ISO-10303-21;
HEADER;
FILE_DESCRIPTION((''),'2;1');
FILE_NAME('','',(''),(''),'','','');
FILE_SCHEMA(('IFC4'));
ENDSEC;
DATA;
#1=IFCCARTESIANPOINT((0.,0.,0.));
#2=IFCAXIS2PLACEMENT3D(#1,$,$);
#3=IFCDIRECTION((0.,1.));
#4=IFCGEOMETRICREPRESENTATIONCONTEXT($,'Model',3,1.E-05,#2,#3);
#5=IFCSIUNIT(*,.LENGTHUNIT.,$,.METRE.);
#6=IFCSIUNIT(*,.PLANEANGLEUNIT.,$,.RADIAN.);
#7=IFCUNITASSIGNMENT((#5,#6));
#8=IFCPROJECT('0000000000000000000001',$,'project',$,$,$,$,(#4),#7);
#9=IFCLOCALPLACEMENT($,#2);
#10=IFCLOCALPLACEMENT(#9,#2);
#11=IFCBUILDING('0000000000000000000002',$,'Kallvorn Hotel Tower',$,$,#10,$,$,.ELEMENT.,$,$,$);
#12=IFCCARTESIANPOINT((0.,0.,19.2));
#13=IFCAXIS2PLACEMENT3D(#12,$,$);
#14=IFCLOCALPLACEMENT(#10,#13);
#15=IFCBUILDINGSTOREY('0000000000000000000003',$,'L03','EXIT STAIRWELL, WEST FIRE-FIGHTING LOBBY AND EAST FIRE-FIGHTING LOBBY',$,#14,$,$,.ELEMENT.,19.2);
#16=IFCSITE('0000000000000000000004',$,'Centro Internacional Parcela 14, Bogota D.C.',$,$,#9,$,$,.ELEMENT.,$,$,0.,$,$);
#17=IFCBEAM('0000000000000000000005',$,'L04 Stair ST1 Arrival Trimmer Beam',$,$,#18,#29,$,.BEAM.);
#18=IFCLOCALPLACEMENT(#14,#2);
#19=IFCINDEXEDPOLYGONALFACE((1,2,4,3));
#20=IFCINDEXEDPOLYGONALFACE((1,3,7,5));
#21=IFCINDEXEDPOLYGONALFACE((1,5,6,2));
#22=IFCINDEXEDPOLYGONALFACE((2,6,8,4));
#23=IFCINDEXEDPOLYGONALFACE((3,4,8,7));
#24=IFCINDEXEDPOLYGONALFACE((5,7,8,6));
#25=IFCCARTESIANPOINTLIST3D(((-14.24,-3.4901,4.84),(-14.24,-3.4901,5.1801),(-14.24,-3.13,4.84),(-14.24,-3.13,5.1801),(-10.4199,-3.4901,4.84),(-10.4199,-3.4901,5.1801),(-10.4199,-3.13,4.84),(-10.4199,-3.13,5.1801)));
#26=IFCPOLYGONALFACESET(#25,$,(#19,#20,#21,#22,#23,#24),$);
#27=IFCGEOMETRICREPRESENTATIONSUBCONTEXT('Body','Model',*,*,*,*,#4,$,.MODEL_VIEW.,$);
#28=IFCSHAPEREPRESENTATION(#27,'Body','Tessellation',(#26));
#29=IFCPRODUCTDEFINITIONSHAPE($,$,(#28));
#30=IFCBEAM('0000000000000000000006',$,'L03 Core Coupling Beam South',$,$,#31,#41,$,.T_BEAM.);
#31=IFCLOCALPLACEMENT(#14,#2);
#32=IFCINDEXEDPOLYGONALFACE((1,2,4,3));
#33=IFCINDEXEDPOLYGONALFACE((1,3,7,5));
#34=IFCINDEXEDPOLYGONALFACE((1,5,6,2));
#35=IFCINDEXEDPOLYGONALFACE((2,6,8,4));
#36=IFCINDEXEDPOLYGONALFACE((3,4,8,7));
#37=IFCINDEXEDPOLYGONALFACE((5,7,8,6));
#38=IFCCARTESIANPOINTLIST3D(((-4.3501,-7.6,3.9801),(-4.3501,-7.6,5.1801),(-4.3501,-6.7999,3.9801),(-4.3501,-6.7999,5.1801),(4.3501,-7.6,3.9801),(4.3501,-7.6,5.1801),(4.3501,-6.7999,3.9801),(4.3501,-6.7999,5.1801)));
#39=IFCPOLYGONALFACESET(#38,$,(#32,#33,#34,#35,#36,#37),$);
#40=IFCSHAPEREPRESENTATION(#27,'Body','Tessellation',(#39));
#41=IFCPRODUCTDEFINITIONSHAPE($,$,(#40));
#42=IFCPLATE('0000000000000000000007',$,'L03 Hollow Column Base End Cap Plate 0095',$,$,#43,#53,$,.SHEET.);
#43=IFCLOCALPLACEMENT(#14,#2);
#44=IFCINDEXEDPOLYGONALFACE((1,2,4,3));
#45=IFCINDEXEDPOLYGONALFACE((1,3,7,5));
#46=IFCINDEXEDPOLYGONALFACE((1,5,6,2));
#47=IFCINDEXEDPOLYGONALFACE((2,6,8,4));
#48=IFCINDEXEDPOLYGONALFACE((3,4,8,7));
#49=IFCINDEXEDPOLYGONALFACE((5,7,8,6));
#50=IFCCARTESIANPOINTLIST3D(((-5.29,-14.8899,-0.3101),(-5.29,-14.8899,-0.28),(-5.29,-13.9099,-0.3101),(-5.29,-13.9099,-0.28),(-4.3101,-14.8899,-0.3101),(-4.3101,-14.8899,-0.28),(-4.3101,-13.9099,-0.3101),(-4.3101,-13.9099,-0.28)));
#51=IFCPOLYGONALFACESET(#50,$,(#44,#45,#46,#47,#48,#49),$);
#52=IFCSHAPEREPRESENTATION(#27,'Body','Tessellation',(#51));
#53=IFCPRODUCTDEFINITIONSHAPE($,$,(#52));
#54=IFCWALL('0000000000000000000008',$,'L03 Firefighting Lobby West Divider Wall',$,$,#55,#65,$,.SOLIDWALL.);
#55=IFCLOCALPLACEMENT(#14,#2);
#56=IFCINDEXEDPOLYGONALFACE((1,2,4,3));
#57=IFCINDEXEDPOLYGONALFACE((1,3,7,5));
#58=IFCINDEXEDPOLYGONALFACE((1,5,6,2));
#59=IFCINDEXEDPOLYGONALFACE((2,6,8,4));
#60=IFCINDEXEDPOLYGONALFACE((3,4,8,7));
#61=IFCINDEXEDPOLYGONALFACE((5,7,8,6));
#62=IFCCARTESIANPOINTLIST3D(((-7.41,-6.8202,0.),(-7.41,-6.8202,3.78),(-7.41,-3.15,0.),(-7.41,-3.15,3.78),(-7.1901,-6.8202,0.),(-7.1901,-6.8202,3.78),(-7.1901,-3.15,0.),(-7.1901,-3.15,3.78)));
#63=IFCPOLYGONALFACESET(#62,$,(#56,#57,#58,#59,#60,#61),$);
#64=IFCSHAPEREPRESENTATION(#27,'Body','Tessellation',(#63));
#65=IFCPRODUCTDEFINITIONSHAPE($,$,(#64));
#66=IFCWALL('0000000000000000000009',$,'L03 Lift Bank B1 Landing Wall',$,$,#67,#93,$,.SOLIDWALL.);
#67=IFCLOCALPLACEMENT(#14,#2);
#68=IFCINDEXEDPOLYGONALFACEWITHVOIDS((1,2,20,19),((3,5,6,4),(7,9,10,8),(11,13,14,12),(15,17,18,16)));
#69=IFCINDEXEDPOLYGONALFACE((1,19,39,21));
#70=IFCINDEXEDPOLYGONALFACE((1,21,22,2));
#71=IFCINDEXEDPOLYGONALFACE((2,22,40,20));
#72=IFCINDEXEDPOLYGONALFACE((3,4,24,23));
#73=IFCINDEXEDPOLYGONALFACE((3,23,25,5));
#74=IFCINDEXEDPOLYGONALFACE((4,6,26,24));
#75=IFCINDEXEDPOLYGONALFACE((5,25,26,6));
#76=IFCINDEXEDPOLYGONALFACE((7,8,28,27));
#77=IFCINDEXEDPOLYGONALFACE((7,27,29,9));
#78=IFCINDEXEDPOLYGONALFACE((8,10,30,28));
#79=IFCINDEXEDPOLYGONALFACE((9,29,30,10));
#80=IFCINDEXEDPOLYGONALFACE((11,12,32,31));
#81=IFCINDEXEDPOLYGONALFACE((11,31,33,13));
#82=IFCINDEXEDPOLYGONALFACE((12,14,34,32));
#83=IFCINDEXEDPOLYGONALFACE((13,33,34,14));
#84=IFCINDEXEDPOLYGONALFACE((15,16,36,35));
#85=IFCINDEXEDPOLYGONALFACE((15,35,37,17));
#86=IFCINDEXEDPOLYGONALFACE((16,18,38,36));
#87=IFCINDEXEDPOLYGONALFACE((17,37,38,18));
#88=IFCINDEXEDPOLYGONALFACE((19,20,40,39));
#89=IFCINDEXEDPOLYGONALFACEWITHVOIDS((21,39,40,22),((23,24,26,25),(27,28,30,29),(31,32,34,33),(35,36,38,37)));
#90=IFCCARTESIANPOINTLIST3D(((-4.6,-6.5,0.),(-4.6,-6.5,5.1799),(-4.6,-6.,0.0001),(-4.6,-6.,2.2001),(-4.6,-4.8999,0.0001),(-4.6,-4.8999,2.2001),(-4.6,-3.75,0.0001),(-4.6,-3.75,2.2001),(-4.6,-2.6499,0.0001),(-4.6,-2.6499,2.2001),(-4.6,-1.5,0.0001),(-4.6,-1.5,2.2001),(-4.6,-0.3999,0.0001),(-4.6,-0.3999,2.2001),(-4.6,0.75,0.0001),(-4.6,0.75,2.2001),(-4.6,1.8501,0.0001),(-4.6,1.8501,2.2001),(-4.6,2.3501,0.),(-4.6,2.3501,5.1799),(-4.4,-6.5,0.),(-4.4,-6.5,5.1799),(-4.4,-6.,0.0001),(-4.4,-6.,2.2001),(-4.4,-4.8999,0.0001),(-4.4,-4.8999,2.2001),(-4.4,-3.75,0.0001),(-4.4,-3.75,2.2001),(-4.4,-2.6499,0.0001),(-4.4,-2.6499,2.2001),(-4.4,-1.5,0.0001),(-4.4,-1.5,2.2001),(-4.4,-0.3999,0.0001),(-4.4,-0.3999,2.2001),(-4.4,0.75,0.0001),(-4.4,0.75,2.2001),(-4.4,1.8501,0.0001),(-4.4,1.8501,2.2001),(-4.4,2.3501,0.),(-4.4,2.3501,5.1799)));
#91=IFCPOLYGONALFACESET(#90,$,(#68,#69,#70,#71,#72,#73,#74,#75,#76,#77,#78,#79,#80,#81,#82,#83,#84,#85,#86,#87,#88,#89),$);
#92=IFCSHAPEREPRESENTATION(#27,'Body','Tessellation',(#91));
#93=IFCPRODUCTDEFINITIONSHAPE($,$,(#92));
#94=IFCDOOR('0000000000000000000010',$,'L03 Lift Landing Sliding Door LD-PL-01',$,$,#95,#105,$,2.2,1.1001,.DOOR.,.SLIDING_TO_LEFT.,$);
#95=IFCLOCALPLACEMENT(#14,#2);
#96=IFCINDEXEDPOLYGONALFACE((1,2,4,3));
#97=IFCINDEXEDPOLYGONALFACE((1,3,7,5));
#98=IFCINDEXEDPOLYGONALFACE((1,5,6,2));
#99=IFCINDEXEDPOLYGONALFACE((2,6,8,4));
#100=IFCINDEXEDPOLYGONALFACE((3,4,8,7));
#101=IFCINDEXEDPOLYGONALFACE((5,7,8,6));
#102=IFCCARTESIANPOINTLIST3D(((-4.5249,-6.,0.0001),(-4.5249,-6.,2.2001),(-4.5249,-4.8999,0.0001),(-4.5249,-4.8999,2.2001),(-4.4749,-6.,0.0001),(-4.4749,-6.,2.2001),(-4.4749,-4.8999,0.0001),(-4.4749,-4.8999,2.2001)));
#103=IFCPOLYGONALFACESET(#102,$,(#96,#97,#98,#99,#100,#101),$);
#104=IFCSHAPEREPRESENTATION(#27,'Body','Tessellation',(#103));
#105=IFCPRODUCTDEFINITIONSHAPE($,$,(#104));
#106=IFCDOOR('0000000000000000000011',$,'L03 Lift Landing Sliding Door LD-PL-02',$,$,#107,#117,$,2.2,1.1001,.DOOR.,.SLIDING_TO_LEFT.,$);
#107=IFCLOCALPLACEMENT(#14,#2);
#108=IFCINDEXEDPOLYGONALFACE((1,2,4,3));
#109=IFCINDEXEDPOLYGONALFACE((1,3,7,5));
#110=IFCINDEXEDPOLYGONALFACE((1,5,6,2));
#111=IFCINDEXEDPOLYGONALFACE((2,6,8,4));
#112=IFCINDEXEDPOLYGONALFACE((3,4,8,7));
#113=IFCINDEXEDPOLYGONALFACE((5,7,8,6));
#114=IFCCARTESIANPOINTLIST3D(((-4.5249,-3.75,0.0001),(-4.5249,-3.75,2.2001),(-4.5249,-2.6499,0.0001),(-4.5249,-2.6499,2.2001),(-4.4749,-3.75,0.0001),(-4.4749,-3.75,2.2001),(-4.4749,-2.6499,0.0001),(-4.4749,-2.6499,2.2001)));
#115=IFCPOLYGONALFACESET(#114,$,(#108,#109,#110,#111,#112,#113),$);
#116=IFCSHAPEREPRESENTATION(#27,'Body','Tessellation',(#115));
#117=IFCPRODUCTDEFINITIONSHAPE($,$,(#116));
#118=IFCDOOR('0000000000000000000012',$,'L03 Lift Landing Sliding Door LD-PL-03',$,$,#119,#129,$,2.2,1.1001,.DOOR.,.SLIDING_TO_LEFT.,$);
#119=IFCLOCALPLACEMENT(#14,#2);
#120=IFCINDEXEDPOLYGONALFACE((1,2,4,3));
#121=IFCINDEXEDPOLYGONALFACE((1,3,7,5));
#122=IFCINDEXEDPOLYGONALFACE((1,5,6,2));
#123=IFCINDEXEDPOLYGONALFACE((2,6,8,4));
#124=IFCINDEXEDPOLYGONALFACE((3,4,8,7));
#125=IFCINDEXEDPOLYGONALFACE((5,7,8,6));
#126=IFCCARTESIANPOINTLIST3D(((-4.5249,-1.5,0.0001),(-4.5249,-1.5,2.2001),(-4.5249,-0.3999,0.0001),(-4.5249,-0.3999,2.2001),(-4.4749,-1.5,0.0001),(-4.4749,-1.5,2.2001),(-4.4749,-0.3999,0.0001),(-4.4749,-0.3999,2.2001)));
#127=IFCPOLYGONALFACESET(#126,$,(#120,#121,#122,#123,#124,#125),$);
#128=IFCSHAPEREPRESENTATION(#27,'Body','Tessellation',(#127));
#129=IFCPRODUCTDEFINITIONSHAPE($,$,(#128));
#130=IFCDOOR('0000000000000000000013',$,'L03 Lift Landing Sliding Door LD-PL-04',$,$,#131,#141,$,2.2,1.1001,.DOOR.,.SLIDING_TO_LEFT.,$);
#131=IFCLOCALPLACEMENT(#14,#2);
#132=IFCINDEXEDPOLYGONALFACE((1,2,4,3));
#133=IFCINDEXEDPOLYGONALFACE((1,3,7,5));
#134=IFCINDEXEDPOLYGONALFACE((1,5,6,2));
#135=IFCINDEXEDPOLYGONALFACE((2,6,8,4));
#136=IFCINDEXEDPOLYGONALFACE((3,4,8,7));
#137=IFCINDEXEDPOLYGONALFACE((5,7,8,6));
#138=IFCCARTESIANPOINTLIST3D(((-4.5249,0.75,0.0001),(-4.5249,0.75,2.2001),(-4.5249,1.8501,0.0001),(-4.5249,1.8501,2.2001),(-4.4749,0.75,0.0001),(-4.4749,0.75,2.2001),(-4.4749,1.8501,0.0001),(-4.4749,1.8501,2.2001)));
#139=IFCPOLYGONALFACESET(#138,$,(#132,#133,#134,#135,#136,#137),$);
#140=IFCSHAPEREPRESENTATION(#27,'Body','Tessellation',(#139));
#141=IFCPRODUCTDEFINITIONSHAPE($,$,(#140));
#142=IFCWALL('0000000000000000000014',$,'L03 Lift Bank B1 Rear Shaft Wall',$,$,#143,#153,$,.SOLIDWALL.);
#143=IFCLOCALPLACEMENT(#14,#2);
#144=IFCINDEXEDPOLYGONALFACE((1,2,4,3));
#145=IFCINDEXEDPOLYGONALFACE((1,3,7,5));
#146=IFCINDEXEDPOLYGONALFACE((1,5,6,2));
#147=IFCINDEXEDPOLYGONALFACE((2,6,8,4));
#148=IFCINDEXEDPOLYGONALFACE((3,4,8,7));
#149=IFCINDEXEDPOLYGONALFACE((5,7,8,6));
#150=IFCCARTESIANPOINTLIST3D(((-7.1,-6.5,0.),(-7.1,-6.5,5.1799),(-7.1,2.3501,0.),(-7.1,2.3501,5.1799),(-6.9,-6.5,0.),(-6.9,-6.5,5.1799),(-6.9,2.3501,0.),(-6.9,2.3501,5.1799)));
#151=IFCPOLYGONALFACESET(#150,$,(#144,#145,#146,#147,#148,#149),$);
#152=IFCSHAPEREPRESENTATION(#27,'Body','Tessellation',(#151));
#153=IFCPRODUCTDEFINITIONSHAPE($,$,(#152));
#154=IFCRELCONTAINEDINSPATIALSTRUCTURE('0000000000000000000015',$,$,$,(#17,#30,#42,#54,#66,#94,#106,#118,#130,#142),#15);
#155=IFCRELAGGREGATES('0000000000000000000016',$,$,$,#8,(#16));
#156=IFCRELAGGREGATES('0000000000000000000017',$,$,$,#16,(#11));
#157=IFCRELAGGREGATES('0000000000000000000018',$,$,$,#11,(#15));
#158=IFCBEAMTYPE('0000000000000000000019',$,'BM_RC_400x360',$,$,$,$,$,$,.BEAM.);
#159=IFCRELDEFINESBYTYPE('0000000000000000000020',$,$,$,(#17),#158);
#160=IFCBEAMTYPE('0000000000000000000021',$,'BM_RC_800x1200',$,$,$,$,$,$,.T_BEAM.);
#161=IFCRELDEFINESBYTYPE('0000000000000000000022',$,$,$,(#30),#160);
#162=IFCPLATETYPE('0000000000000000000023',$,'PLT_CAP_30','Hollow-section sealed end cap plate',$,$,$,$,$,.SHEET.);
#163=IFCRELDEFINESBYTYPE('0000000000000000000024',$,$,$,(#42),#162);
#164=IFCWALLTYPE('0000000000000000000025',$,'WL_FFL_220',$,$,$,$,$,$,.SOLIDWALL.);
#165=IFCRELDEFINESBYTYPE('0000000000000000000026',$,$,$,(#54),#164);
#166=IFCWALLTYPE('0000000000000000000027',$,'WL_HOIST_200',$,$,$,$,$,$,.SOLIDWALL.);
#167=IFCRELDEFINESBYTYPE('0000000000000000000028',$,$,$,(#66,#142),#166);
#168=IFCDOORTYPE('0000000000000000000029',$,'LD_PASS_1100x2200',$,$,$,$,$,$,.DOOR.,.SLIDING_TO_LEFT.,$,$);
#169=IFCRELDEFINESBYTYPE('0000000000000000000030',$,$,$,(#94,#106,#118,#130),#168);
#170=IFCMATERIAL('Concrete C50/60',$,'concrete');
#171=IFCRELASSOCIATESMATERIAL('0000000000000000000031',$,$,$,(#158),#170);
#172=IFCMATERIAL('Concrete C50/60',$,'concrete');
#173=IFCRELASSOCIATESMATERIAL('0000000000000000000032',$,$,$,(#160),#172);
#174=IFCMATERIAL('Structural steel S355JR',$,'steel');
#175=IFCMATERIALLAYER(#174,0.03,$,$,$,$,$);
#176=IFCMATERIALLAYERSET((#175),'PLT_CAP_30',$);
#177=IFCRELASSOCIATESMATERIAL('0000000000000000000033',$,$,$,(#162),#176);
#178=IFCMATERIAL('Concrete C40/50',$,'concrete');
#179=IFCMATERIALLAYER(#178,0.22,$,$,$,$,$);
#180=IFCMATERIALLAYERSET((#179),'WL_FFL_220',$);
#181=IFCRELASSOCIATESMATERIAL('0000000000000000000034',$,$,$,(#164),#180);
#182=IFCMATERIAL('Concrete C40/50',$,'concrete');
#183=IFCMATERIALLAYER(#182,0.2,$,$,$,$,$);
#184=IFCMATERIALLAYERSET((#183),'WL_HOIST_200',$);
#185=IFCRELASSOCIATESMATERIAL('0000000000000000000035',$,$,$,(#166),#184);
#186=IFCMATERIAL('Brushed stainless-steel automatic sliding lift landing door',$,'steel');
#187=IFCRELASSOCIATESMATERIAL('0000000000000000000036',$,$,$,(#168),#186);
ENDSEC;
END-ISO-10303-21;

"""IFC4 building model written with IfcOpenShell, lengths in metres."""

from ifc_helpers import new_model, si_unit, direction, frame, frame_2d, origin, origin_2d, place, context, subcontext, project, spatial, rectangle, extrude, material, layer, layer_set, material_profile, profile_set, type_object, element, fill, save


model = new_model("IFC4")

# Units and contexts
model_context = context("Model", 3, precision=1e-05, world=origin(), true_north=direction((0.0, 1.0)))
body_context = subcontext(model_context, "Body", "Model", "MODEL_VIEW")
ifc_project = project(units=[si_unit("LENGTHUNIT", "METRE"), si_unit("PLANEANGLEUNIT", "RADIAN")], contexts=[model_context])

# Site, building, storey
site_placement = place(None, origin())
site = spatial("IfcSite", under=ifc_project, at=site_placement, Name="Centro Internacional Parcela 14, Bogota D.C.", CompositionType="ELEMENT", RefElevation=0.0)
building_placement = place(site_placement, origin())
building = spatial("IfcBuilding", under=site, at=building_placement, Name="Kallvorn Hotel Tower", CompositionType="ELEMENT")
storey_placement = place(building_placement, frame((0.0, 0.0, 19.2)))
storey = spatial("IfcBuildingStorey", under=building, at=storey_placement, Name="L03", Description="EXIT STAIRWELL, WEST FIRE-FIGHTING LOBBY AND EAST FIRE-FIGHTING LOBBY", CompositionType="ELEMENT", Elevation=19.2)

# Beams
ifc_material_1 = material(Name="Concrete C50/60", Category="concrete")
ifc_material_profile_1 = material_profile(ifc_material_1, rectangle(XDim=0.3601, YDim=0.3401, at=origin_2d()), Name="RC 360x340")
ifc_profile_set_1 = profile_set([ifc_material_profile_1], Name="Concrete C50/60")
beam_type_1 = type_object("IfcBeamType", Name="BM_RC_400x360", PredefinedType="BEAM", material=ifc_profile_set_1)
beam_1_placement = place(storey_placement, frame((-10.4199, -3.3101, 5.01), z_axis=(-1.0, 0.0, 0.0), x_axis=(0.0, -1.0, 0.0)))
element("IfcBeam", 1, at=beam_1_placement, inside=storey, type_object=beam_type_1, Name="L04 Stair ST1 Arrival Trimmer Beam", PredefinedType="BEAM", context=body_context, shape_type="SweptSolid", body=[
    extrude(rectangle(XDim=0.3601, YDim=0.3401, at=origin_2d()), origin(), (0.0, 0.0, 1.0), 3.8201),
])
ifc_material_2 = material(Name="Concrete C50/60", Category="concrete")
ifc_material_profile_2 = material_profile(ifc_material_2, rectangle(XDim=0.8, YDim=1.2, at=origin_2d()), Name="RC 800x1200")
ifc_profile_set_2 = profile_set([ifc_material_profile_2], Name="Concrete C50/60")
beam_type_2 = type_object("IfcBeamType", Name="BM_RC_800x1200", PredefinedType="T_BEAM", material=ifc_profile_set_2)
beam_2_placement = place(storey_placement, frame((-4.3501, -7.2, 4.5801), z_axis=(1.0, 0.0, 0.0), x_axis=(0.0, 1.0, 0.0)))
element("IfcBeam", 2, at=beam_2_placement, inside=storey, type_object=beam_type_2, Name="L03 Core Coupling Beam South", PredefinedType="T_BEAM", context=body_context, shape_type="SweptSolid", body=[
    extrude(rectangle(XDim=0.8, YDim=1.2, at=origin_2d()), origin(), (0.0, 0.0, 1.0), 8.7002),
])

# Plate
ifc_material_3 = material(Name="Structural steel S355JR", Category="steel")
ifc_layer_1 = layer(ifc_material_3, 0.03)
ifc_layer_set_1 = layer_set([ifc_layer_1], Name="PLT_CAP_30")
plate_type = type_object("IfcPlateType", Name="PLT_CAP_30", Description="Hollow-section sealed end cap plate", PredefinedType="SHEET", material=ifc_layer_set_1)
plate_placement = place(storey_placement, frame((-4.8, -14.3999, -0.3101), z_axis=(0.0, 0.0, 1.0), x_axis=(1.0, 0.0, 0.0)))
element("IfcPlate", 3, at=plate_placement, inside=storey, type_object=plate_type, Name="L03 Hollow Column Base End Cap Plate 0095", PredefinedType="SHEET", context=body_context, shape_type="SweptSolid", body=[
    extrude(rectangle(XDim=0.98, YDim=0.98, at=origin_2d()), origin(), (0.0, 0.0, 1.0), 0.03),
])

# Wall
ifc_material_4 = material(Name="Concrete C40/50", Category="concrete")
ifc_layer_2 = layer(ifc_material_4, 0.22)
ifc_layer_set_2 = layer_set([ifc_layer_2], Name="WL_FFL_220")
wall_type_1 = type_object("IfcWallType", Name="WL_FFL_220", PredefinedType="SOLIDWALL", material=ifc_layer_set_2)
wall_1_placement = place(storey_placement, frame((-7.3, -6.8201, 0.0), z_axis=(0.0, 0.0, 1.0), x_axis=(0.0, 1.0, 0.0)))
element("IfcWall", 4, at=wall_1_placement, inside=storey, type_object=wall_type_1, Name="L03 Firefighting Lobby West Divider Wall", PredefinedType="SOLIDWALL", context=body_context, shape_type="SweptSolid", body=[
    extrude(rectangle(XDim=3.6702, YDim=0.22, at=frame_2d((1.835, 0.0))), origin(), (0.0, 0.0, 1.0), 3.78),
])

# Wall, openings, doors
ifc_material_5 = material(Name="Concrete C40/50", Category="concrete")
ifc_layer_3 = layer(ifc_material_5, 0.2)
ifc_layer_set_3 = layer_set([ifc_layer_3], Name="WL_HOIST_200")
wall_type_2 = type_object("IfcWallType", Name="WL_HOIST_200", PredefinedType="SOLIDWALL", material=ifc_layer_set_3)
wall_2_placement = place(storey_placement, frame((-4.5, -6.5, 0.0), z_axis=(0.0, 0.0, 1.0), x_axis=(0.0, 1.0, 0.0)))
wall_2 = element("IfcWall", 5, at=wall_2_placement, inside=storey, type_object=wall_type_2, Name="L03 Lift Bank B1 Landing Wall", PredefinedType="SOLIDWALL", context=body_context, shape_type="SweptSolid", body=[
    extrude(rectangle(XDim=8.8501, YDim=0.2, at=frame_2d((4.425, 0.0))), origin(), (0.0, 0.0, 1.0), 5.1799),
])
opening_1_placement = place(wall_2_placement, frame((0.5, 0.0, 0.0)))
opening_1 = element("IfcOpeningElement", 6, at=opening_1_placement, cuts=wall_2, PredefinedType="OPENING", context=body_context, shape_type="SweptSolid", body=[
    extrude(rectangle(XDim=1.1001, YDim=2.2, at=frame_2d((0.55, 1.1001))), frame((0.0, 0.115, 0.0), z_axis=(0.0, -1.0, 0.0), x_axis=(1.0, 0.0, 0.0)), (0.0, 0.0, 1.0), 0.23),
])
opening_2_placement = place(wall_2_placement, frame((2.75, 0.0, 0.0)))
opening_2 = element("IfcOpeningElement", 7, at=opening_2_placement, cuts=wall_2, PredefinedType="OPENING", context=body_context, shape_type="SweptSolid", body=[
    extrude(rectangle(XDim=1.1001, YDim=2.2, at=frame_2d((0.55, 1.1001))), frame((0.0, 0.115, 0.0), z_axis=(0.0, -1.0, 0.0), x_axis=(1.0, 0.0, 0.0)), (0.0, 0.0, 1.0), 0.23),
])
opening_3_placement = place(wall_2_placement, frame((5.0, 0.0, 0.0)))
opening_3 = element("IfcOpeningElement", 8, at=opening_3_placement, cuts=wall_2, PredefinedType="OPENING", context=body_context, shape_type="SweptSolid", body=[
    extrude(rectangle(XDim=1.1001, YDim=2.2, at=frame_2d((0.55, 1.1001))), frame((0.0, 0.115, 0.0), z_axis=(0.0, -1.0, 0.0), x_axis=(1.0, 0.0, 0.0)), (0.0, 0.0, 1.0), 0.23),
])
opening_4_placement = place(wall_2_placement, frame((7.25, 0.0, 0.0)))
opening_4 = element("IfcOpeningElement", 9, at=opening_4_placement, cuts=wall_2, PredefinedType="OPENING", context=body_context, shape_type="SweptSolid", body=[
    extrude(rectangle(XDim=1.1001, YDim=2.2, at=frame_2d((0.55, 1.1001))), frame((0.0, 0.115, 0.0), z_axis=(0.0, -1.0, 0.0), x_axis=(1.0, 0.0, 0.0)), (0.0, 0.0, 1.0), 0.23),
])
ifc_material_6 = material(Name="Brushed stainless-steel automatic sliding lift landing door", Category="steel")
door_type_1 = type_object("IfcDoorType", Name="LD_PASS_1100x2200", OperationType="SLIDING_TO_LEFT", PredefinedType="DOOR", material=ifc_material_6)
door_1_placement = place(opening_1_placement, origin())
door_1 = element("IfcDoor", 10, at=door_1_placement, inside=storey, type_object=door_type_1, Name="L03 Lift Landing Sliding Door LD-PL-01", OperationType="SLIDING_TO_LEFT", OverallHeight=2.2, OverallWidth=1.1001, PredefinedType="DOOR", context=body_context, shape_type="SweptSolid", body=[
    extrude(rectangle(XDim=1.1001, YDim=2.2, at=frame_2d((0.55, 1.1001))), frame((0.0, 0.0249, 0.0), z_axis=(0.0, -1.0, 0.0), x_axis=(1.0, 0.0, 0.0)), (0.0, 0.0, 1.0), 0.05),
])
fill(opening_1, door_1)
door_2_placement = place(opening_2_placement, origin())
door_2 = element("IfcDoor", 11, at=door_2_placement, inside=storey, type_object=door_type_1, Name="L03 Lift Landing Sliding Door LD-PL-02", OperationType="SLIDING_TO_LEFT", OverallHeight=2.2, OverallWidth=1.1001, PredefinedType="DOOR", context=body_context, shape_type="SweptSolid", body=[
    extrude(rectangle(XDim=1.1001, YDim=2.2, at=frame_2d((0.55, 1.1001))), frame((0.0, 0.0249, 0.0), z_axis=(0.0, -1.0, 0.0), x_axis=(1.0, 0.0, 0.0)), (0.0, 0.0, 1.0), 0.05),
])
fill(opening_2, door_2)
door_3_placement = place(opening_3_placement, origin())
door_3 = element("IfcDoor", 12, at=door_3_placement, inside=storey, type_object=door_type_1, Name="L03 Lift Landing Sliding Door LD-PL-03", OperationType="SLIDING_TO_LEFT", OverallHeight=2.2, OverallWidth=1.1001, PredefinedType="DOOR", context=body_context, shape_type="SweptSolid", body=[
    extrude(rectangle(XDim=1.1001, YDim=2.2, at=frame_2d((0.55, 1.1001))), frame((0.0, 0.0249, 0.0), z_axis=(0.0, -1.0, 0.0), x_axis=(1.0, 0.0, 0.0)), (0.0, 0.0, 1.0), 0.05),
])
fill(opening_3, door_3)
door_4_placement = place(opening_4_placement, origin())
door_4 = element("IfcDoor", 13, at=door_4_placement, inside=storey, type_object=door_type_1, Name="L03 Lift Landing Sliding Door LD-PL-04", OperationType="SLIDING_TO_LEFT", OverallHeight=2.2, OverallWidth=1.1001, PredefinedType="DOOR", context=body_context, shape_type="SweptSolid", body=[
    extrude(rectangle(XDim=1.1001, YDim=2.2, at=frame_2d((0.55, 1.1001))), frame((0.0, 0.0249, 0.0), z_axis=(0.0, -1.0, 0.0), x_axis=(1.0, 0.0, 0.0)), (0.0, 0.0, 1.0), 0.05),
])
fill(opening_4, door_4)

# Wall
wall_3_placement = place(storey_placement, frame((-7.0, -6.5, 0.0), z_axis=(0.0, 0.0, 1.0), x_axis=(0.0, 1.0, 0.0)))
element("IfcWall", 14, at=wall_3_placement, inside=storey, type_object=wall_type_2, Name="L03 Lift Bank B1 Rear Shaft Wall", PredefinedType="SOLIDWALL", context=body_context, shape_type="SweptSolid", body=[
    extrude(rectangle(XDim=8.8501, YDim=0.2, at=frame_2d((4.425, 0.0))), origin(), (0.0, 0.0, 1.0), 5.1799),
])

save(model, "model.ifc")
